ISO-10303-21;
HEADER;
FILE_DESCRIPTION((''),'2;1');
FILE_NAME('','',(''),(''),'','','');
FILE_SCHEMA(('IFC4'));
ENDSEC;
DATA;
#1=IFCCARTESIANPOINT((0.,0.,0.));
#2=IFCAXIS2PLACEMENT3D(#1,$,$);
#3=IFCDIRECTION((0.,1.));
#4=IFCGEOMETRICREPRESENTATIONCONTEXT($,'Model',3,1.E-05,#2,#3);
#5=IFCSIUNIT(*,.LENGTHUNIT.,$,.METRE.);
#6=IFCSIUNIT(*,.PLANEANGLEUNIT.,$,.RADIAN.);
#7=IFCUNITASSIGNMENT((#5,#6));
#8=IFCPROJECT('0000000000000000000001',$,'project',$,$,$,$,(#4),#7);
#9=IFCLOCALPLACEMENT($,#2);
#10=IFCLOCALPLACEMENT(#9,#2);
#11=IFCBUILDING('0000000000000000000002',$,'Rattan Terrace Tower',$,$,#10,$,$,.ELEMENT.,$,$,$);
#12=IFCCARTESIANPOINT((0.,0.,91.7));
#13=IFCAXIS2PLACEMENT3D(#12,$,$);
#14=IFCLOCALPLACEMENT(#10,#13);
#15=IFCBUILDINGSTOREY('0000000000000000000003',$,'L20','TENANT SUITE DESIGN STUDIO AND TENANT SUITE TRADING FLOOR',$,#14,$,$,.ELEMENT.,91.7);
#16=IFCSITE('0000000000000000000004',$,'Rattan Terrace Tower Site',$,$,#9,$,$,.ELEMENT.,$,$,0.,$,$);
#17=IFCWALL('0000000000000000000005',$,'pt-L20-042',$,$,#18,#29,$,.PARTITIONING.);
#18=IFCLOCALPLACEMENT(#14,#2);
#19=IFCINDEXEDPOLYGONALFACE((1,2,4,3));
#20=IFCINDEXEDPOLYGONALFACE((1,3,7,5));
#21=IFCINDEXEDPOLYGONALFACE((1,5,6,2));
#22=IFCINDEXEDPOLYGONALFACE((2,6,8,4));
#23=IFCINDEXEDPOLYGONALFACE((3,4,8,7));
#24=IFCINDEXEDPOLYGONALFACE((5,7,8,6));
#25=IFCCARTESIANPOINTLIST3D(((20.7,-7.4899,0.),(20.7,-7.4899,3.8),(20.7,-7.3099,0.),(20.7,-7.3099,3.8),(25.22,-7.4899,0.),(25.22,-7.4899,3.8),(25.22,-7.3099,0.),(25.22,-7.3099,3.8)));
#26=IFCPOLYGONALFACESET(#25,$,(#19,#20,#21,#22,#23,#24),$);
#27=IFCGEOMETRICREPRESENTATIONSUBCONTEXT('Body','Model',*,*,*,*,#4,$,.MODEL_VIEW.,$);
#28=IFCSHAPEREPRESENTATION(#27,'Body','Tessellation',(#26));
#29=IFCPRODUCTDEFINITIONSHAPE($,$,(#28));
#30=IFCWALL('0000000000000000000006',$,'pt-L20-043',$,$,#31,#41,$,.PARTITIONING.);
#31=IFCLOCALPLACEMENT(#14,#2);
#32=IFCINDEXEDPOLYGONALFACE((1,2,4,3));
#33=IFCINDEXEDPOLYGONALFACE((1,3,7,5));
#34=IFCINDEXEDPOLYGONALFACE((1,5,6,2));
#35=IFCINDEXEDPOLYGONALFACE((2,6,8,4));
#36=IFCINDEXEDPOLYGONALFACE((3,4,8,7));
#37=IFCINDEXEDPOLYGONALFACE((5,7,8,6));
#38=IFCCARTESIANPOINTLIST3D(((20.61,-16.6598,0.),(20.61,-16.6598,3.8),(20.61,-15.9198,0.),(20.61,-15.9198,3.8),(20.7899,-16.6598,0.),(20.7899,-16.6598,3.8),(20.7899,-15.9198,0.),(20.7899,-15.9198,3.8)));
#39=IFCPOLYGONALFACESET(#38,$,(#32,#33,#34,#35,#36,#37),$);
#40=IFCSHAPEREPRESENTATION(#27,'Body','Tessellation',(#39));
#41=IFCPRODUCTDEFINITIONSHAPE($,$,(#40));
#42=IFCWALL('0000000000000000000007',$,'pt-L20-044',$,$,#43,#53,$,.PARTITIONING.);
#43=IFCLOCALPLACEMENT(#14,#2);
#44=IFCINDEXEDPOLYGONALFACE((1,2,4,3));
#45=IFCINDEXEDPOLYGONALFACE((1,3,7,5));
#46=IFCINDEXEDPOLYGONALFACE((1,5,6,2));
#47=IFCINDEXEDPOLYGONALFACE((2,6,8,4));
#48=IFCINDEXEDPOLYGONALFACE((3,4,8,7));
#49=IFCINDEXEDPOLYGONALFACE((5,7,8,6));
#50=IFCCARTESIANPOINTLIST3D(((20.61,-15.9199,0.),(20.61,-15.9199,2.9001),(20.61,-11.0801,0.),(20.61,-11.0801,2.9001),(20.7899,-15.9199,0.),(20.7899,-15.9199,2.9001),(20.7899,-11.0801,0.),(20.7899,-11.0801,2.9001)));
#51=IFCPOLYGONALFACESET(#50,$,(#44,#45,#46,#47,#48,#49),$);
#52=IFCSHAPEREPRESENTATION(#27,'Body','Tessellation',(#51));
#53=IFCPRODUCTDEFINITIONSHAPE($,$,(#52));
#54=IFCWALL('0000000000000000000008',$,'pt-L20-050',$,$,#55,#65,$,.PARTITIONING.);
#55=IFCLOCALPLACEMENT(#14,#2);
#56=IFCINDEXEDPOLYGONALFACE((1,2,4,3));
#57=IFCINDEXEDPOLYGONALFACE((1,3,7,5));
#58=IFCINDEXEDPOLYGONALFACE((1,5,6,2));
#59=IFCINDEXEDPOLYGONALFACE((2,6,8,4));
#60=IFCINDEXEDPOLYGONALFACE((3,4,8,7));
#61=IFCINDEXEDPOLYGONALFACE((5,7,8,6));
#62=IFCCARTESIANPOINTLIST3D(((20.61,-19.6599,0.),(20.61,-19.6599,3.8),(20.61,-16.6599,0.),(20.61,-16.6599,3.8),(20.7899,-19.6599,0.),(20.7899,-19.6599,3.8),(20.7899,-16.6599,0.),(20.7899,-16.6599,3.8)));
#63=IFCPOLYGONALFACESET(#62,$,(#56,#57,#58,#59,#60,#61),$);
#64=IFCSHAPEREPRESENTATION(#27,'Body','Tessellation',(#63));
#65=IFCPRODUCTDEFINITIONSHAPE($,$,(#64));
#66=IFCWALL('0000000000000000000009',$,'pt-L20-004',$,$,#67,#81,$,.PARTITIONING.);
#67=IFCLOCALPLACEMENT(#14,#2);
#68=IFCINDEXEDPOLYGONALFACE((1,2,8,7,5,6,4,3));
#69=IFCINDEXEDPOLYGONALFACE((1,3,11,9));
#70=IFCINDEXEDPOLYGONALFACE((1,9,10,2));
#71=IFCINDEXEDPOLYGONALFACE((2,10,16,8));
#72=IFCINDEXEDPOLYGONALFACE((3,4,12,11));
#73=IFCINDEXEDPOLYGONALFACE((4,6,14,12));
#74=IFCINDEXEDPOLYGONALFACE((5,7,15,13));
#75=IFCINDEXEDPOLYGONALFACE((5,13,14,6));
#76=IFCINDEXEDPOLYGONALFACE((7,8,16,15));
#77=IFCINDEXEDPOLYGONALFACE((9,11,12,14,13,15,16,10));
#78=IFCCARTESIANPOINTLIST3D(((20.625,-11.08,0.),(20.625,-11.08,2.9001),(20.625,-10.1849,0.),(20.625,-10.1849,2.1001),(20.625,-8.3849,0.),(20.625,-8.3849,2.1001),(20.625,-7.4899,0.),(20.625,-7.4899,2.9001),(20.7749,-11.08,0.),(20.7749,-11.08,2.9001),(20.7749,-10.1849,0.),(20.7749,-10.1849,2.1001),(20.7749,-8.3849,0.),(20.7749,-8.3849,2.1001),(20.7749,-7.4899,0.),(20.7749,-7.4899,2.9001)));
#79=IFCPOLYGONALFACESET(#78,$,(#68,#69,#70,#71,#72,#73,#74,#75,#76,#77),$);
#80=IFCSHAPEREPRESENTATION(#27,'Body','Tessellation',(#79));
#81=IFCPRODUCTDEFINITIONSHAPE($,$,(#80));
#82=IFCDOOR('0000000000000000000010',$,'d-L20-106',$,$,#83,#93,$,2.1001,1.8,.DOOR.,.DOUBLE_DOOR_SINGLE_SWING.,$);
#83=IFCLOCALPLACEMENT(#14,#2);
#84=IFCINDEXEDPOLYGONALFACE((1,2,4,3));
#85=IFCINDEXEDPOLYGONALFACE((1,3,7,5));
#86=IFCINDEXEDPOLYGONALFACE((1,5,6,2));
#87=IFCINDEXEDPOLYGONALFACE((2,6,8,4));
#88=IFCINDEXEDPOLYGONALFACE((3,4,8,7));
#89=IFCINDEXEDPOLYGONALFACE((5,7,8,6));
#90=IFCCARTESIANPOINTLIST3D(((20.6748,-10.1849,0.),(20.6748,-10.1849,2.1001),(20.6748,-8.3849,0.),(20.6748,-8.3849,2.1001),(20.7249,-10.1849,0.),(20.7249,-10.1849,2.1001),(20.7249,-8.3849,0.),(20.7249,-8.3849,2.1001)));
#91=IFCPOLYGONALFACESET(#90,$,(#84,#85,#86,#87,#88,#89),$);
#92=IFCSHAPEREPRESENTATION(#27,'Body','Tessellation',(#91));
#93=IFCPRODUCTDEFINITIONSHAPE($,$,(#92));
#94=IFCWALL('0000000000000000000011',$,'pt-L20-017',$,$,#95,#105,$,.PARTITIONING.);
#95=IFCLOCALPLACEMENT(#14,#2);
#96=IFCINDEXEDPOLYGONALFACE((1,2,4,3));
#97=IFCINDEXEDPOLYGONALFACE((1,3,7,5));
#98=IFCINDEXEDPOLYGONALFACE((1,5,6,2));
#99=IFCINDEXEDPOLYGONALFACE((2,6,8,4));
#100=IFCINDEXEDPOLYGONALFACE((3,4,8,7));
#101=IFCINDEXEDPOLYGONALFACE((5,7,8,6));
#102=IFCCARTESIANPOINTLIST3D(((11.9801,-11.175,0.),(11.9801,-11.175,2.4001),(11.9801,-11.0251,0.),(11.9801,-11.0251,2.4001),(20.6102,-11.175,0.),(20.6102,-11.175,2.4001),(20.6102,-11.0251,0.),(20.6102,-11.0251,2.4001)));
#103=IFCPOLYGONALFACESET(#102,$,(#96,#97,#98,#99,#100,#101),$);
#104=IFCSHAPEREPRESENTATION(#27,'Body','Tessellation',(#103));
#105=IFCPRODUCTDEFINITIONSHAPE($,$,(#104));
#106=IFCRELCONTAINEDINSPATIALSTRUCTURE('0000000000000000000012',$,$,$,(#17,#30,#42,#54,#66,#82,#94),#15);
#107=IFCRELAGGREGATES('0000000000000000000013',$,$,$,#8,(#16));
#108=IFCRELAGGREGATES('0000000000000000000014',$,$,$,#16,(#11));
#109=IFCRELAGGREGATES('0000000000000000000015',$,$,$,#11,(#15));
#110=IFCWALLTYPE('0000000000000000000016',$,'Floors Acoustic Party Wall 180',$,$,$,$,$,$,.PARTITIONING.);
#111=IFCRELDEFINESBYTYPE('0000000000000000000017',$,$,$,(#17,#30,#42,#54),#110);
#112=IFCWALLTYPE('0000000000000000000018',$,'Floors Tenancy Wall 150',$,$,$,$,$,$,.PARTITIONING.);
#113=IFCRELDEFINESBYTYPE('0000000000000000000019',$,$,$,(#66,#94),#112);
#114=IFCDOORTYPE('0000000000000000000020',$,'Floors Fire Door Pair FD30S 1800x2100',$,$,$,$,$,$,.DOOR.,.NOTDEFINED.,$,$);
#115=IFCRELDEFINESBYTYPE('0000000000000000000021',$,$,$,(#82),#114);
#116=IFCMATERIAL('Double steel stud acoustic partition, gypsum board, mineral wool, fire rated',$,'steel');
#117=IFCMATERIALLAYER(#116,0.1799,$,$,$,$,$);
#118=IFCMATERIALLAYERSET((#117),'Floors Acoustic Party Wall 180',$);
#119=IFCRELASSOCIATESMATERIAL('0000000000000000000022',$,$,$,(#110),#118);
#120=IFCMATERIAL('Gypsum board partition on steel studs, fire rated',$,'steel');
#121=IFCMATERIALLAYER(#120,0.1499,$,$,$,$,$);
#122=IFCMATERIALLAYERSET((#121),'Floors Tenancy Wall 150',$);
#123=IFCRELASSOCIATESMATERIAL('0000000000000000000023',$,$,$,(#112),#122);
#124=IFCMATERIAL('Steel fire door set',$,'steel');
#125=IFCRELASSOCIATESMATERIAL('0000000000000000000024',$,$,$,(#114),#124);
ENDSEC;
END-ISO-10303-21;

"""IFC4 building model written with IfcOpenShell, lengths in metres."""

from ifc_helpers import new_model, si_unit, direction, frame, frame_2d, origin, place, context, subcontext, project, spatial, rectangle, extrude, material, layer, layer_set, type_object, element, fill, save


model = new_model("IFC4")

# Units and contexts
model_context = context("Model", 3, precision=1e-05, world=origin(), true_north=direction((0.0, 1.0)))
body_context = subcontext(model_context, "Body", "Model", "MODEL_VIEW")
ifc_project = project(units=[si_unit("LENGTHUNIT", "METRE"), si_unit("PLANEANGLEUNIT", "RADIAN")], contexts=[model_context])

# Site, building, storey
site_placement = place(None, origin())
site = spatial("IfcSite", under=ifc_project, at=site_placement, Name="Rattan Terrace Tower Site", CompositionType="ELEMENT", RefElevation=0.0)
building_placement = place(site_placement, origin())
building = spatial("IfcBuilding", under=site, at=building_placement, Name="Rattan Terrace Tower", CompositionType="ELEMENT")
storey_placement = place(building_placement, frame((0.0, 0.0, 91.7)))
storey = spatial("IfcBuildingStorey", under=building, at=storey_placement, Name="L20", Description="TENANT SUITE DESIGN STUDIO AND TENANT SUITE TRADING FLOOR", CompositionType="ELEMENT", Elevation=91.7)

# Walls
ifc_material_1 = material(Name="Double steel stud acoustic partition, gypsum board, mineral wool, fire rated", Category="steel")
ifc_layer_1 = layer(ifc_material_1, 0.1799)
ifc_layer_set_1 = layer_set([ifc_layer_1], Name="Floors Acoustic Party Wall 180")
wall_type_1 = type_object("IfcWallType", Name="Floors Acoustic Party Wall 180", PredefinedType="PARTITIONING", material=ifc_layer_set_1)
wall_1_placement = place(storey_placement, frame((20.7, -7.3999, 0.0), z_axis=(0.0, 0.0, 1.0), x_axis=(1.0, 0.0, 0.0)))
element("IfcWall", 1, at=wall_1_placement, inside=storey, type_object=wall_type_1, Name="pt-L20-042", PredefinedType="PARTITIONING", context=body_context, shape_type="SweptSolid", body=[
    extrude(rectangle(XDim=4.52, YDim=0.1799, at=frame_2d((2.26, 0.0))), origin(), (0.0, 0.0, 1.0), 3.8),
])
wall_2_placement = place(storey_placement, frame((20.7, -16.6599, 0.0), z_axis=(0.0, 0.0, 1.0), x_axis=(0.0, 1.0, 0.0)))
element("IfcWall", 2, at=wall_2_placement, inside=storey, type_object=wall_type_1, Name="pt-L20-043", PredefinedType="PARTITIONING", context=body_context, shape_type="SweptSolid", body=[
    extrude(rectangle(XDim=0.74, YDim=0.1799, at=frame_2d((0.3701, 0.0))), origin(), (0.0, 0.0, 1.0), 3.8),
])
wall_3_placement = place(storey_placement, frame((20.7, -15.9199, 0.0), z_axis=(0.0, 0.0, 1.0), x_axis=(0.0, 1.0, 0.0)))
element("IfcWall", 3, at=wall_3_placement, inside=storey, type_object=wall_type_1, Name="pt-L20-044", PredefinedType="PARTITIONING", context=body_context, shape_type="SweptSolid", body=[
    extrude(rectangle(XDim=4.8398, YDim=0.1799, at=frame_2d((2.4199, 0.0))), origin(), (0.0, 0.0, 1.0), 2.9001),
])
wall_4_placement = place(storey_placement, frame((20.7, -19.6599, 0.0), z_axis=(0.0, 0.0, 1.0), x_axis=(0.0, 1.0, 0.0)))
element("IfcWall", 4, at=wall_4_placement, inside=storey, type_object=wall_type_1, Name="pt-L20-050", PredefinedType="PARTITIONING", context=body_context, shape_type="SweptSolid", body=[
    extrude(rectangle(XDim=3.0, YDim=0.1799, at=frame_2d((1.5, 0.0))), origin(), (0.0, 0.0, 1.0), 3.8),
])

# Wall, opening, door
ifc_material_2 = material(Name="Gypsum board partition on steel studs, fire rated", Category="steel")
ifc_layer_2 = layer(ifc_material_2, 0.1499)
ifc_layer_set_2 = layer_set([ifc_layer_2], Name="Floors Tenancy Wall 150")
wall_type_2 = type_object("IfcWallType", Name="Floors Tenancy Wall 150", PredefinedType="PARTITIONING", material=ifc_layer_set_2)
wall_5_placement = place(storey_placement, frame((20.7, -7.49, 0.0), z_axis=(0.0, 0.0, 1.0), x_axis=(0.0, -1.0, 0.0)))
wall_5 = element("IfcWall", 5, at=wall_5_placement, inside=storey, type_object=wall_type_2, Name="pt-L20-004", PredefinedType="PARTITIONING", context=body_context, shape_type="SweptSolid", body=[
    extrude(rectangle(XDim=3.5901, YDim=0.1499, at=frame_2d((1.7949, 0.0))), origin(), (0.0, 0.0, 1.0), 2.9001),
])
opening_1_placement = place(wall_5_placement, frame((0.895, 0.0, 0.0)))
opening_1 = element("IfcOpeningElement", 6, at=opening_1_placement, cuts=wall_5, PredefinedType="OPENING", context=body_context, shape_type="SweptSolid", body=[
    extrude(rectangle(XDim=1.8, YDim=2.1001, at=frame_2d((0.8999, 1.05))), frame((0.0, 0.0854, 0.0), z_axis=(0.0, -1.0, 0.0), x_axis=(1.0, 0.0, 0.0)), (0.0, 0.0, 1.0), 0.1709),
])
ifc_material_3 = material(Name="Steel fire door set", Category="steel")
door_type_1 = type_object("IfcDoorType", Name="Floors Fire Door Pair FD30S 1800x2100", OperationType="NOTDEFINED", PredefinedType="DOOR", material=ifc_material_3)
door_1_placement = place(opening_1_placement, origin())
door_1 = element("IfcDoor", 7, at=door_1_placement, inside=storey, type_object=door_type_1, Name="d-L20-106", OperationType="DOUBLE_DOOR_SINGLE_SWING", OverallHeight=2.1001, OverallWidth=1.8, PredefinedType="DOOR", context=body_context, shape_type="SweptSolid", body=[
    extrude(rectangle(XDim=1.8, YDim=2.1001, at=frame_2d((0.8999, 1.05))), frame((0.0, 0.0249, 0.0), z_axis=(0.0, -1.0, 0.0), x_axis=(1.0, 0.0, 0.0)), (0.0, 0.0, 1.0), 0.05),
])
fill(opening_1, door_1)

# Wall
wall_6_placement = place(storey_placement, frame((20.6101, -11.1001, 0.0), z_axis=(0.0, 0.0, 1.0), x_axis=(-1.0, 0.0, 0.0)))
element("IfcWall", 8, at=wall_6_placement, inside=storey, type_object=wall_type_2, Name="pt-L20-017", PredefinedType="PARTITIONING", context=body_context, shape_type="SweptSolid", body=[
    extrude(rectangle(XDim=8.6301, YDim=0.1499, at=frame_2d((4.3149, 0.0))), origin(), (0.0, 0.0, 1.0), 2.4001),
])

save(model, "model.ifc")
